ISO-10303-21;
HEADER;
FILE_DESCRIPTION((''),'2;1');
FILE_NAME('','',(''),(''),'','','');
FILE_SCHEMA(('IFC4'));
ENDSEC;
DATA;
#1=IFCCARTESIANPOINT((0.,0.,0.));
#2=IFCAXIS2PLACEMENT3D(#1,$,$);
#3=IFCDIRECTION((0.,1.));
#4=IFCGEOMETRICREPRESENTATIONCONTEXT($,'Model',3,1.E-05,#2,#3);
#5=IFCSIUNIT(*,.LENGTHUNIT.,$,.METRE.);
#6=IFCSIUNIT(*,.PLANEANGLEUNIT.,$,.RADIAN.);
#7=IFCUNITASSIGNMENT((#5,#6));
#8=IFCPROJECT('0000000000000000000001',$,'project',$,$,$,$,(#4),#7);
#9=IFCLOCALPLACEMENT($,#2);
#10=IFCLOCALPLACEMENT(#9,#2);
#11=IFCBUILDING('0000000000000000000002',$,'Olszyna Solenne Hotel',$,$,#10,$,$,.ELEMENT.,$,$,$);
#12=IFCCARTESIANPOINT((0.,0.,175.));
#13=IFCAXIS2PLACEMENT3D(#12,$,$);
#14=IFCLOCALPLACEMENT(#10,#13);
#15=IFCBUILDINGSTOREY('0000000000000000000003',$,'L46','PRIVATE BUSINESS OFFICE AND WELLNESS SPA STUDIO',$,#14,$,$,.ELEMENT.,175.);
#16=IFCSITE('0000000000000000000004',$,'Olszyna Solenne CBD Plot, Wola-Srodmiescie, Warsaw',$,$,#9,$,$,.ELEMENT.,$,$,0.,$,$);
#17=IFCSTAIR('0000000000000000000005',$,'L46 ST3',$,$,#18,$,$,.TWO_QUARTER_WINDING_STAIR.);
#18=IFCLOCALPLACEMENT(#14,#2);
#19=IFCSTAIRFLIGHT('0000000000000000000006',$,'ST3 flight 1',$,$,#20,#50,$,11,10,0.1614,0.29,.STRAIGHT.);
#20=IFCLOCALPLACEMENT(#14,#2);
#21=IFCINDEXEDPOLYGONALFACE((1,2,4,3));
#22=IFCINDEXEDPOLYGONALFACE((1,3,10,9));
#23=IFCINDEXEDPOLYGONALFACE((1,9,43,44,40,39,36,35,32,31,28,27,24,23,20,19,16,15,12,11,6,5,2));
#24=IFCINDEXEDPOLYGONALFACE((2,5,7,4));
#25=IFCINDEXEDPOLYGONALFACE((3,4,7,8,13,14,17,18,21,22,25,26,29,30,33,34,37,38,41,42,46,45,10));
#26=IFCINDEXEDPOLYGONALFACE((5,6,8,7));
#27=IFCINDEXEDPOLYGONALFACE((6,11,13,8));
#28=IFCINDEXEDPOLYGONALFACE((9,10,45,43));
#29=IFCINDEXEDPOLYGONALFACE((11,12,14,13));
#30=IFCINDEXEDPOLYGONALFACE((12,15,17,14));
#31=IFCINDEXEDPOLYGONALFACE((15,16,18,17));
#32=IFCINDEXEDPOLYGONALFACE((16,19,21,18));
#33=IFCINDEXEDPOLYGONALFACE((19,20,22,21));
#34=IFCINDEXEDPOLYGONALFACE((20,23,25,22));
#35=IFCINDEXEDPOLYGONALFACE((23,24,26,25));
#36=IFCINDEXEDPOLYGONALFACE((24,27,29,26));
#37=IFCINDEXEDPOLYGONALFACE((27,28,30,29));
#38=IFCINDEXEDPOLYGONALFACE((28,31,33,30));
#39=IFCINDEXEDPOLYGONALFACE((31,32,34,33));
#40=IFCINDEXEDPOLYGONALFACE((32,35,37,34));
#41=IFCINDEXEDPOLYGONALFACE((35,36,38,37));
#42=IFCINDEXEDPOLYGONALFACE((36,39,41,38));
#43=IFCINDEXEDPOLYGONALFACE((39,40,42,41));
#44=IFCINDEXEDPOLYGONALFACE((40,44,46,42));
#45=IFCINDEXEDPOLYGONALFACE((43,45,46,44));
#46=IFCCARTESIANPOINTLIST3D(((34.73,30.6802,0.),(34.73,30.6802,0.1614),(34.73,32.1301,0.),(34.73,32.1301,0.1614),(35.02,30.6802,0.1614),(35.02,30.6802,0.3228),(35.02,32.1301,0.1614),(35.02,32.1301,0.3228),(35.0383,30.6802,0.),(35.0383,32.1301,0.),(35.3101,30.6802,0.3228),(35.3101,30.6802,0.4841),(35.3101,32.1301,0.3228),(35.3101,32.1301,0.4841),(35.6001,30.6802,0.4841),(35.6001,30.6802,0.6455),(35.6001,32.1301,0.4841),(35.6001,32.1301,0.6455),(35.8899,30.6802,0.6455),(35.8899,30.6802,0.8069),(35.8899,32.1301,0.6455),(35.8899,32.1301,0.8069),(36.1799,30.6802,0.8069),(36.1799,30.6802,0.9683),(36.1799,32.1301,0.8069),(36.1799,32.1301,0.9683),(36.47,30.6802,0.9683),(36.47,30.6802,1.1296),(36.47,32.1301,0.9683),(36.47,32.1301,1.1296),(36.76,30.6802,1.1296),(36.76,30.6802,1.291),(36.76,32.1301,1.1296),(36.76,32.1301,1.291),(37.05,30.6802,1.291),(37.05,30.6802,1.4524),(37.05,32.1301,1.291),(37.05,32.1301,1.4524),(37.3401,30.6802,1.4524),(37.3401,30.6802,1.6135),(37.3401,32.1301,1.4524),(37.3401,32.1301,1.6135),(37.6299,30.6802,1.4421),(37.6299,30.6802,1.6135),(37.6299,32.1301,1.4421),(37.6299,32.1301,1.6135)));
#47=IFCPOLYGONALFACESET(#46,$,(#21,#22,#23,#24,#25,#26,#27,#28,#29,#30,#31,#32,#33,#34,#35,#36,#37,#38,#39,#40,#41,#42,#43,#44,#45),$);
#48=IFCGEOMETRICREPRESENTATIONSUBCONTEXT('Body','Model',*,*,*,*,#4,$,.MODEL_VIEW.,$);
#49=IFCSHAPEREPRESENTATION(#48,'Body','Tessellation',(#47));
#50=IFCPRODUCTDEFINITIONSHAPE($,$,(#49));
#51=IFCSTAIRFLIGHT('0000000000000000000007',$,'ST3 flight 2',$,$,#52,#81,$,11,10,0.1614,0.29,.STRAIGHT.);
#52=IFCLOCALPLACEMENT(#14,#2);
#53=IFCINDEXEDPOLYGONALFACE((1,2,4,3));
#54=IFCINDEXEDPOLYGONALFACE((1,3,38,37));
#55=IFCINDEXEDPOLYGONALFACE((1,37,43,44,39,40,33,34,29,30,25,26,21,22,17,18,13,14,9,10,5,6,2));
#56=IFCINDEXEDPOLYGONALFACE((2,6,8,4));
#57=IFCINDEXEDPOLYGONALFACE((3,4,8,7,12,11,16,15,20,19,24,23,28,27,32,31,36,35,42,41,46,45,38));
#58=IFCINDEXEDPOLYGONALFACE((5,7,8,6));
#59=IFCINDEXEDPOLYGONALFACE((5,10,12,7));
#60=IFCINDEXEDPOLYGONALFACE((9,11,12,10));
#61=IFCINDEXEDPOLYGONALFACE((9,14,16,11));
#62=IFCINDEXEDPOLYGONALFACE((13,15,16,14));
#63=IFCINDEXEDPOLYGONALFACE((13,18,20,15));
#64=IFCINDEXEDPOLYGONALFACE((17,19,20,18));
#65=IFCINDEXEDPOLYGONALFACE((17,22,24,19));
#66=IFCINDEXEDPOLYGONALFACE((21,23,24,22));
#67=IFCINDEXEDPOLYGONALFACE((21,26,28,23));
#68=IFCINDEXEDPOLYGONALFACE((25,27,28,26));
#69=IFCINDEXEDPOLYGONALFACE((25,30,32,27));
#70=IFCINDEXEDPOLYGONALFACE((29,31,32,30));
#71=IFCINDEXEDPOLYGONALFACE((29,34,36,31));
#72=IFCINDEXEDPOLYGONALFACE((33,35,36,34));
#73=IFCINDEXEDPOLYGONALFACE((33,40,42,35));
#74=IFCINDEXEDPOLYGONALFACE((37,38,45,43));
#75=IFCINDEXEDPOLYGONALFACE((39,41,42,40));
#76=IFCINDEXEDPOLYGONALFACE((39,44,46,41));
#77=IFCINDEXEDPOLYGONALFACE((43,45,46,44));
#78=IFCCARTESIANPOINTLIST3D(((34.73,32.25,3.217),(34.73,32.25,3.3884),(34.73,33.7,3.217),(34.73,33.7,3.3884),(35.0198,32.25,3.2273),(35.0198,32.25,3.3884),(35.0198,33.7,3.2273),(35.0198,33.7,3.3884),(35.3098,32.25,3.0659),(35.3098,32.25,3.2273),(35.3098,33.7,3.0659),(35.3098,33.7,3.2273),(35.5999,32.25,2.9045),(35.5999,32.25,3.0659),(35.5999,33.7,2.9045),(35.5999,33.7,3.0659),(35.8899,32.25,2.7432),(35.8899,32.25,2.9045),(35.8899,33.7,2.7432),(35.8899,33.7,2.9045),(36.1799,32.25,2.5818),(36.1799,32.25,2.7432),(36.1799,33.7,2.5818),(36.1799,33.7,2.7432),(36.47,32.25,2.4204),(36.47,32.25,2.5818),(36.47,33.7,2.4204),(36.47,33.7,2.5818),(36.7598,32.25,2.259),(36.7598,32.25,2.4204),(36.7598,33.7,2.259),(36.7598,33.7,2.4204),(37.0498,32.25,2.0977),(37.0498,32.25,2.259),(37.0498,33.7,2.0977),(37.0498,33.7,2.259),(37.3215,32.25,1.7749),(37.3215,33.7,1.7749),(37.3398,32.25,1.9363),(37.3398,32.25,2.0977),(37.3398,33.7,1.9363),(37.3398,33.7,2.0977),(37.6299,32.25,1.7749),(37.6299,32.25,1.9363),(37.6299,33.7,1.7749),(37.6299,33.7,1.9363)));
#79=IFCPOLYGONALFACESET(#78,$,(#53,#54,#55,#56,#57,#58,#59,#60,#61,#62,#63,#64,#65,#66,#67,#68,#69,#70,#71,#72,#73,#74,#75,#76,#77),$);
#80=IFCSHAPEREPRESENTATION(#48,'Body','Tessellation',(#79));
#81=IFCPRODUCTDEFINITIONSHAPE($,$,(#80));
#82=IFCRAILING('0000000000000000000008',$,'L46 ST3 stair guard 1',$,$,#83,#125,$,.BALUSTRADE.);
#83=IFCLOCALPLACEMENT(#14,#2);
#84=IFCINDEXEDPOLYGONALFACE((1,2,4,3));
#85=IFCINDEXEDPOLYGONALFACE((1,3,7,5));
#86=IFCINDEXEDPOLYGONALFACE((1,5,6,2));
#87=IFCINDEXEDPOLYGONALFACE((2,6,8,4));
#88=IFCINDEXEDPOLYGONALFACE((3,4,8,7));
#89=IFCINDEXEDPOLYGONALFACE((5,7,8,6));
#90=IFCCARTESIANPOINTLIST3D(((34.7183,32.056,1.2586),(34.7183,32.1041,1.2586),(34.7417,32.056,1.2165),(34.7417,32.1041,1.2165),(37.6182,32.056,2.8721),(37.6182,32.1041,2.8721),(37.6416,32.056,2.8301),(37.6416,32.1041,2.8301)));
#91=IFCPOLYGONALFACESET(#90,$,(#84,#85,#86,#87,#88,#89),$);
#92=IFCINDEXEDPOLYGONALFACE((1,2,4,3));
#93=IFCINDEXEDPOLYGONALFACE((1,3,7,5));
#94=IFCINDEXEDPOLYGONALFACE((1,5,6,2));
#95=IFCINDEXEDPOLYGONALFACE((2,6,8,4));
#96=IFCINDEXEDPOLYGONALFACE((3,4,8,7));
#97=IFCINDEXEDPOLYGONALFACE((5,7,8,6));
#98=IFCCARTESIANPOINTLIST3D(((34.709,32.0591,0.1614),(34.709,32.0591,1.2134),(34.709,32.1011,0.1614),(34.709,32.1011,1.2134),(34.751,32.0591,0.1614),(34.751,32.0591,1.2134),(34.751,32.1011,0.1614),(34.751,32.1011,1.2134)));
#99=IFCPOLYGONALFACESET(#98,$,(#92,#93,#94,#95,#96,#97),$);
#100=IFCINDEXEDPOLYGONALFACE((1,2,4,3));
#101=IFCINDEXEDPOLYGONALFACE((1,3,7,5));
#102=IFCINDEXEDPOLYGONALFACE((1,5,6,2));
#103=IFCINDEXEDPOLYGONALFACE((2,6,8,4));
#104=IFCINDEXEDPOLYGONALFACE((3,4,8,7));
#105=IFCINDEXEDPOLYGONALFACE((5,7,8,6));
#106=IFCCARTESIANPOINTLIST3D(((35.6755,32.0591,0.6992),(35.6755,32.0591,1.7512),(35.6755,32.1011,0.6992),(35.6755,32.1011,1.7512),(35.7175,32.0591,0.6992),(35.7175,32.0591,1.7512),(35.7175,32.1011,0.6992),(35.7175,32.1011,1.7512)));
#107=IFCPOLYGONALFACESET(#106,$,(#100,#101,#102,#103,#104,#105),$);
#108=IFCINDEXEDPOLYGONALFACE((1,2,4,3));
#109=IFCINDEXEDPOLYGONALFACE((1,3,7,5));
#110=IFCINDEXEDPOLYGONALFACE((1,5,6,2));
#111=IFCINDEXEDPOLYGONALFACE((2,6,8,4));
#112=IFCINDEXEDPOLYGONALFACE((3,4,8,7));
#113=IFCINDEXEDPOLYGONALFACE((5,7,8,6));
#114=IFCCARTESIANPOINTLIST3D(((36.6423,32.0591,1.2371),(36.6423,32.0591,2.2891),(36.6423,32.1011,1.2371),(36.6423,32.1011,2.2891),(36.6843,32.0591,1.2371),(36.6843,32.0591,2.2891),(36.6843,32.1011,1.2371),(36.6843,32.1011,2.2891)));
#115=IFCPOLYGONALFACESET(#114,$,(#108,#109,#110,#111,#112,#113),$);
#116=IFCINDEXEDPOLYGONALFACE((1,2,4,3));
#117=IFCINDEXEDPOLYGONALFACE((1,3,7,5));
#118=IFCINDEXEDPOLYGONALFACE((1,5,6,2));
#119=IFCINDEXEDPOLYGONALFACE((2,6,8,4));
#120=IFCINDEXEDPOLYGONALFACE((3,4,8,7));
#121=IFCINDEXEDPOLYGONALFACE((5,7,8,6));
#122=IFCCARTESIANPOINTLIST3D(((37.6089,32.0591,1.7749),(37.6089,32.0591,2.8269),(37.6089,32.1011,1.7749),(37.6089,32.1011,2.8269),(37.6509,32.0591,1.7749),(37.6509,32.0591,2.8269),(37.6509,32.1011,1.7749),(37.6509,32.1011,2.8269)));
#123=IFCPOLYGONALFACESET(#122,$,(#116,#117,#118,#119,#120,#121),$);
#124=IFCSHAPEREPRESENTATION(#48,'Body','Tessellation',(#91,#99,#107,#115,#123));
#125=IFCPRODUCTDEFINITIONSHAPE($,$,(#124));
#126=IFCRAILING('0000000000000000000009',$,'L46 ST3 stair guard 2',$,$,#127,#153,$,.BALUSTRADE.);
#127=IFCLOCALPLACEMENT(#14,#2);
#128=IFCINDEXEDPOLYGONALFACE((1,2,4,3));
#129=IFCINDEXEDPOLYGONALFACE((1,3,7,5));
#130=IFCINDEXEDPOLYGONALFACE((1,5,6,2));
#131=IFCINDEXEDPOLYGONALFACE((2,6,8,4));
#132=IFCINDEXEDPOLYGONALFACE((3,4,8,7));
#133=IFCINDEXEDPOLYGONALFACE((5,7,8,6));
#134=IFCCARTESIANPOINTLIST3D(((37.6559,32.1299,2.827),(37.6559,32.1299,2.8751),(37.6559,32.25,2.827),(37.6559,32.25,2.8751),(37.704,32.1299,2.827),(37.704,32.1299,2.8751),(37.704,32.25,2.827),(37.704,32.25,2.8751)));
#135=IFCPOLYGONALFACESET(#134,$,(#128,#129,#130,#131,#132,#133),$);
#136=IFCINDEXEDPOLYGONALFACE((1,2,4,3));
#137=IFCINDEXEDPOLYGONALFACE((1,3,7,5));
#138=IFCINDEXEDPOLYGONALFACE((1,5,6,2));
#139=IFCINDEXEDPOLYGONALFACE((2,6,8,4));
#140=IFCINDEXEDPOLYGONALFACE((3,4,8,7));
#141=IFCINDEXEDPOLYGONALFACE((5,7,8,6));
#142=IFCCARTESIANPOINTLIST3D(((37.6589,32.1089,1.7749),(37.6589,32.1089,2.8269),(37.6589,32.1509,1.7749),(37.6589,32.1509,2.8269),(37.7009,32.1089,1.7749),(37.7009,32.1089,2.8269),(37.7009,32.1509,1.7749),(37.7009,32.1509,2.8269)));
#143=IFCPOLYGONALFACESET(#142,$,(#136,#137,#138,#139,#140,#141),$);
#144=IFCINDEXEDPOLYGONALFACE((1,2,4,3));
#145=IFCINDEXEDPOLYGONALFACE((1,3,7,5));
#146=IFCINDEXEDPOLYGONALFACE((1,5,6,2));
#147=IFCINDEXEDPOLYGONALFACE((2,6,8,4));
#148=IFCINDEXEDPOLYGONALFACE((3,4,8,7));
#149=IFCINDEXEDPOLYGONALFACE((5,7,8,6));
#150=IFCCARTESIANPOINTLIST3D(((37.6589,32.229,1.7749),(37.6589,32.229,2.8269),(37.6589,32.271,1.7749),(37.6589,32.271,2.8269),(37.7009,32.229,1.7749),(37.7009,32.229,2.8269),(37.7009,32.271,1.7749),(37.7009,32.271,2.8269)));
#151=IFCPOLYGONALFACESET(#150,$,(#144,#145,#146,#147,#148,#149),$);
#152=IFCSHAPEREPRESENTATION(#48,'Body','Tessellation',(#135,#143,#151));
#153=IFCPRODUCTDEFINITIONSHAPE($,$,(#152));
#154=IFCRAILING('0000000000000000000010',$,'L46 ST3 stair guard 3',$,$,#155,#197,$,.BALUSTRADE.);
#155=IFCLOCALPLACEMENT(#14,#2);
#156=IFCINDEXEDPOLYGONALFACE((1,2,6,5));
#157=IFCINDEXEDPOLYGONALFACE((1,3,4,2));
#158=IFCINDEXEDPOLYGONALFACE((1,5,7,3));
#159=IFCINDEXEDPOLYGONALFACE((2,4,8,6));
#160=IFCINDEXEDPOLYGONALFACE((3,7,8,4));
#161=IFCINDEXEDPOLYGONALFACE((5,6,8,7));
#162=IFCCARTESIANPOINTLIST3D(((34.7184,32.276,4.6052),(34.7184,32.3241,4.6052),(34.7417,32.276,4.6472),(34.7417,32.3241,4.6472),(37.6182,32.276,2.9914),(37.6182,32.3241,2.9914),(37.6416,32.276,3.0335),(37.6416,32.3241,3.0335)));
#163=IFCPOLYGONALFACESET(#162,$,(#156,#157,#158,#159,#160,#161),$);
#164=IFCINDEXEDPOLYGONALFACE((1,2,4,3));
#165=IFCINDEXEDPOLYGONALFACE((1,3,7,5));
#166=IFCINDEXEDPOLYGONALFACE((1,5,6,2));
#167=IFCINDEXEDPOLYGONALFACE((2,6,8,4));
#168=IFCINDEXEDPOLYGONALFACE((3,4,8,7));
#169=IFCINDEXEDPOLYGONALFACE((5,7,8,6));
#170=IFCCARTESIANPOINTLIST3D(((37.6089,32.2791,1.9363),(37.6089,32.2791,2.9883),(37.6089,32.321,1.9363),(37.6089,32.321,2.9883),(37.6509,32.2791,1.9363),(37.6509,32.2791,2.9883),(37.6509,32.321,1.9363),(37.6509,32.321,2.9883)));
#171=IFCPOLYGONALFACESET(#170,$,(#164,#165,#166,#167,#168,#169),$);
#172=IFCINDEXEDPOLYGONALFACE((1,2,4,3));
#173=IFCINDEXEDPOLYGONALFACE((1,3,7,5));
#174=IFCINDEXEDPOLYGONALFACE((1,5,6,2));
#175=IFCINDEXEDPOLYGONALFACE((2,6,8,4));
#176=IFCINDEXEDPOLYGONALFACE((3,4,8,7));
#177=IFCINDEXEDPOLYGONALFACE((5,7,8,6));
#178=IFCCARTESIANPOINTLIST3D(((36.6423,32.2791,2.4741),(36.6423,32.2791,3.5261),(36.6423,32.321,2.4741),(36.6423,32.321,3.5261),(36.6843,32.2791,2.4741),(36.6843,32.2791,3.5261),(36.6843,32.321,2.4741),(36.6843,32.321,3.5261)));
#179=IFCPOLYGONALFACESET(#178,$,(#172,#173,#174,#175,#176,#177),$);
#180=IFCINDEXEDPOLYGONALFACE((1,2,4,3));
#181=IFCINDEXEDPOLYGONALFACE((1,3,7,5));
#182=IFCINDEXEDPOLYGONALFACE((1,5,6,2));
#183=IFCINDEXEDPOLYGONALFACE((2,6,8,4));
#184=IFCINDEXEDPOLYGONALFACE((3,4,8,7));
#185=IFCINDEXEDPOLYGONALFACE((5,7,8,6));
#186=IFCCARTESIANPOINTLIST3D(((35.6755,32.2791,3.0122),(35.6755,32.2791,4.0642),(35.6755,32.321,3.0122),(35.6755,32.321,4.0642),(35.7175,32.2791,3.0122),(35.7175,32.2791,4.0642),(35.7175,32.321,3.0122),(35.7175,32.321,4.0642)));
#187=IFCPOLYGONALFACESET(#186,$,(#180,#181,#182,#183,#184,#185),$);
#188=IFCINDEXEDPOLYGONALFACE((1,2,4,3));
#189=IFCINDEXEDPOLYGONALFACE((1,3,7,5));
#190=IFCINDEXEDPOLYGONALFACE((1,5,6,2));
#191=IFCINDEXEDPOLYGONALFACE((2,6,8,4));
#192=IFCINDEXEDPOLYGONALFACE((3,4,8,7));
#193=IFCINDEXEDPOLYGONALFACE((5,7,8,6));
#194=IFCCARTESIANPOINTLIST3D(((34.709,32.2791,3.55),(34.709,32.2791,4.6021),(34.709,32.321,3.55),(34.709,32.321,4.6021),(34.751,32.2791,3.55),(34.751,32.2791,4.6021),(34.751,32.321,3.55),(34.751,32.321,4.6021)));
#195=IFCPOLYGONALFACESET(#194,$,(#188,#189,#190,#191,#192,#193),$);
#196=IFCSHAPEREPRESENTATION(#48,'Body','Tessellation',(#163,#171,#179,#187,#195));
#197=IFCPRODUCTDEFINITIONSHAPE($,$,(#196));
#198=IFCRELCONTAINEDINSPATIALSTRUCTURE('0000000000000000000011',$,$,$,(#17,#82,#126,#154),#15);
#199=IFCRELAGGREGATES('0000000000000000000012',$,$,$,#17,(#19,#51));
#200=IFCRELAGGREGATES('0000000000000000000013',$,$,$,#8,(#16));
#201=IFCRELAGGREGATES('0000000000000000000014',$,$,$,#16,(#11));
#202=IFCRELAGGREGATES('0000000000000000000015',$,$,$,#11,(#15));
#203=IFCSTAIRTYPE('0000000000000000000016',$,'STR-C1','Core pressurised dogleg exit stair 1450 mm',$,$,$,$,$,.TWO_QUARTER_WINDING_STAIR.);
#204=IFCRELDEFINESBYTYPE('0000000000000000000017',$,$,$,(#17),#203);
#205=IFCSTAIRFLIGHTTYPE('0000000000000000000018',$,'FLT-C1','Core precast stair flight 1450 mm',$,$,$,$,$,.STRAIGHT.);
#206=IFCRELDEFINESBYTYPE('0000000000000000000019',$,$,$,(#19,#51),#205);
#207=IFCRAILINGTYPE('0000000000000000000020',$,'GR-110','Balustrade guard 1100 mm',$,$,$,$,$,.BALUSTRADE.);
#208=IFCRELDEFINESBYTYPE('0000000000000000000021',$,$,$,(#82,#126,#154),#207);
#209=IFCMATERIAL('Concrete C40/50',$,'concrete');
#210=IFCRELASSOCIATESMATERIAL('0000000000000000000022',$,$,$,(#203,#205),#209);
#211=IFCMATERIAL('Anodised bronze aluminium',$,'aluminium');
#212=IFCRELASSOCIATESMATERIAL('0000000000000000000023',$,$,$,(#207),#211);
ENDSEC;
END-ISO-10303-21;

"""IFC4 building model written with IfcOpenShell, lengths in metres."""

from ifc_helpers import new_model, si_unit, direction, frame, origin, origin_2d, place, context, subcontext, project, spatial, polyline, rectangle, outline, extrude, material, type_object, element, aggregate, save


model = new_model("IFC4")

# Units and contexts
model_context = context("Model", 3, precision=1e-05, world=origin(), true_north=direction((0.0, 1.0)))
body_context = subcontext(model_context, "Body", "Model", "MODEL_VIEW")
ifc_project = project(units=[si_unit("LENGTHUNIT", "METRE"), si_unit("PLANEANGLEUNIT", "RADIAN")], contexts=[model_context])

# Site, building, storey
site_placement = place(None, origin())
site = spatial("IfcSite", under=ifc_project, at=site_placement, Name="Olszyna Solenne CBD Plot, Wola-Srodmiescie, Warsaw", CompositionType="ELEMENT", RefElevation=0.0)
building_placement = place(site_placement, origin())
building = spatial("IfcBuilding", under=site, at=building_placement, Name="Olszyna Solenne Hotel", CompositionType="ELEMENT")
storey_placement = place(building_placement, frame((0.0, 0.0, 175.0)))
storey = spatial("IfcBuildingStorey", under=building, at=storey_placement, Name="L46", Description="PRIVATE BUSINESS OFFICE AND WELLNESS SPA STUDIO", CompositionType="ELEMENT", Elevation=175.0)

# Shared definitions
ifc_material_1 = material(Name="Anodised bronze aluminium", Category="aluminium")

# Stair, stair flights
ifc_material_2 = material(Name="Concrete C40/50", Category="concrete")
stair_type = type_object("IfcStairType", Name="STR-C1", Description="Core pressurised dogleg exit stair 1450 mm", PredefinedType="TWO_QUARTER_WINDING_STAIR", material=ifc_material_2)
stair_placement = place(storey_placement, origin())
stair = element("IfcStair", 1, at=stair_placement, inside=storey, type_object=stair_type, Name="L46 ST3", PredefinedType="TWO_QUARTER_WINDING_STAIR")
stair_flight_type = type_object("IfcStairFlightType", Name="FLT-C1", Description="Core precast stair flight 1450 mm", PredefinedType="STRAIGHT", material=ifc_material_2)
stair_flight_1_placement = place(storey_placement, frame((34.73, 31.405, 0.0), z_axis=(0.0, 0.0, 1.0), x_axis=(1.0, 0.0, 0.0)))
stair_flight_1 = element("IfcStairFlight", 2, at=stair_flight_1_placement, type_object=stair_flight_type, Name="ST3 flight 1", NumberOfRisers=11, NumberOfTreads=10, PredefinedType="STRAIGHT", RiserHeight=0.1614, TreadLength=0.29, context=body_context, shape_type="SweptSolid", body=[
    extrude(outline(polyline([(0.0, 0.0), (0.0, 0.1614), (0.29, 0.1614), (0.29, 0.3228), (0.5801, 0.3228), (0.5801, 0.4841), (0.8701, 0.4841), (0.8701, 0.6455), (1.1599, 0.6455), (1.1599, 0.8069), (1.45, 0.8069), (1.45, 0.9683), (1.74, 0.9683), (1.74, 1.1296), (2.03, 1.1296), (2.03, 1.291), (2.3201, 1.291), (2.3201, 1.4524), (2.6101, 1.4524), (2.6101, 1.6135), (2.8999, 1.6135), (2.8999, 1.7749), (2.8999, 1.4421), (0.3083, 0.0), (0.0, 0.0)])), frame((0.0, 0.7251, 0.0), z_axis=(0.0, -1.0, 0.0), x_axis=(1.0, 0.0, 0.0)), (0.0, 0.0, 1.0), 1.45),
])
stair_flight_2_placement = place(storey_placement, frame((37.6299, 32.9751, 1.7749), z_axis=(0.0, 0.0, 1.0), x_axis=(-1.0, 0.0, 0.0)))
stair_flight_2 = element("IfcStairFlight", 3, at=stair_flight_2_placement, type_object=stair_flight_type, Name="ST3 flight 2", NumberOfRisers=11, NumberOfTreads=10, PredefinedType="STRAIGHT", RiserHeight=0.1614, TreadLength=0.29, context=body_context, shape_type="SweptSolid", body=[
    extrude(outline(polyline([(0.0, 0.0), (0.0, 0.1614), (0.29, 0.1614), (0.29, 0.3228), (0.5801, 0.3228), (0.5801, 0.4841), (0.8701, 0.4841), (0.8701, 0.6455), (1.1599, 0.6455), (1.1599, 0.8069), (1.45, 0.8069), (1.45, 0.9683), (1.74, 0.9683), (1.74, 1.1296), (2.03, 1.1296), (2.03, 1.291), (2.3201, 1.291), (2.3201, 1.4524), (2.6101, 1.4524), (2.6101, 1.6135), (2.8999, 1.6135), (2.8999, 1.7749), (2.8999, 1.4421), (0.3083, 0.0), (0.0, 0.0)])), frame((0.0, 0.7251, 0.0), z_axis=(0.0, -1.0, 0.0), x_axis=(1.0, 0.0, 0.0)), (0.0, 0.0, 1.0), 1.45),
])
aggregate(stair, [stair_flight_1, stair_flight_2])

# Railings
railing_type_1 = type_object("IfcRailingType", Name="GR-110", Description="Balustrade guard 1100 mm", PredefinedType="BALUSTRADE", material=ifc_material_1)
railing_1_placement = place(storey_placement, frame((34.73, 32.0801, 0.1614)))
element("IfcRailing", 4, at=railing_1_placement, inside=storey, type_object=railing_type_1, Name="L46 ST3 stair guard 1", PredefinedType="BALUSTRADE", context=body_context, shape_type="SweptSolid", body=[
    extrude(rectangle(XDim=0.0481, YDim=0.0481, at=origin_2d()), frame((0.0, 0.0, 1.0762), z_axis=(0.873841, 0.0, 0.486211), x_axis=(0.0, 1.0, 0.0)), (0.0, 0.0, 1.0), 3.3186),
    extrude(rectangle(XDim=0.042, YDim=0.042, at=origin_2d()), origin(), (0.0, 0.0, 1.0), 1.052),
    extrude(rectangle(XDim=0.042, YDim=0.042, at=origin_2d()), frame((0.9666, 0.0, 0.5378)), (0.0, 0.0, 1.0), 1.052),
    extrude(rectangle(XDim=0.042, YDim=0.042, at=origin_2d()), frame((1.9333, 0.0, 1.0757)), (0.0, 0.0, 1.0), 1.052),
    extrude(rectangle(XDim=0.042, YDim=0.042, at=origin_2d()), frame((2.8999, 0.0, 1.6135)), (0.0, 0.0, 1.0), 1.052),
])
railing_2_placement = place(storey_placement, frame((37.6799, 32.1299, 1.7749)))
element("IfcRailing", 5, at=railing_2_placement, inside=storey, type_object=railing_type_1, Name="L46 ST3 stair guard 2", PredefinedType="BALUSTRADE", context=body_context, shape_type="SweptSolid", body=[
    extrude(rectangle(XDim=0.0481, YDim=0.0481, at=origin_2d()), frame((0.0, 0.0, 1.0762), z_axis=(0.0, 1.0, 0.0), x_axis=(-1.0, 0.0, 0.0)), (0.0, 0.0, 1.0), 0.1201),
    extrude(rectangle(XDim=0.042, YDim=0.042, at=origin_2d()), origin(), (0.0, 0.0, 1.0), 1.052),
    extrude(rectangle(XDim=0.042, YDim=0.042, at=origin_2d()), frame((0.0, 0.1201, 0.0)), (0.0, 0.0, 1.0), 1.052),
])
railing_3_placement = place(storey_placement, frame((37.6299, 32.3, 1.9363)))
element("IfcRailing", 6, at=railing_3_placement, inside=storey, type_object=railing_type_1, Name="L46 ST3 stair guard 3", PredefinedType="BALUSTRADE", context=body_context, shape_type="SweptSolid", body=[
    extrude(rectangle(XDim=0.0481, YDim=0.0481, at=origin_2d()), frame((0.0, 0.0, 1.0762), z_axis=(-0.87381, 0.0, 0.486267), x_axis=(0.0, -1.0, 0.0)), (0.0, 0.0, 1.0), 3.3186),
    extrude(rectangle(XDim=0.042, YDim=0.042, at=origin_2d()), origin(), (0.0, 0.0, 1.0), 1.052),
    extrude(rectangle(XDim=0.042, YDim=0.042, at=origin_2d()), frame((-0.9666, 0.0, 0.5378)), (0.0, 0.0, 1.0), 1.052),
    extrude(rectangle(XDim=0.042, YDim=0.042, at=origin_2d()), frame((-1.9333, 0.0, 1.0759)), (0.0, 0.0, 1.0), 1.052),
    extrude(rectangle(XDim=0.042, YDim=0.042, at=origin_2d()), frame((-2.8999, 0.0, 1.6138)), (0.0, 0.0, 1.0), 1.052),
])

save(model, "model.ifc")
